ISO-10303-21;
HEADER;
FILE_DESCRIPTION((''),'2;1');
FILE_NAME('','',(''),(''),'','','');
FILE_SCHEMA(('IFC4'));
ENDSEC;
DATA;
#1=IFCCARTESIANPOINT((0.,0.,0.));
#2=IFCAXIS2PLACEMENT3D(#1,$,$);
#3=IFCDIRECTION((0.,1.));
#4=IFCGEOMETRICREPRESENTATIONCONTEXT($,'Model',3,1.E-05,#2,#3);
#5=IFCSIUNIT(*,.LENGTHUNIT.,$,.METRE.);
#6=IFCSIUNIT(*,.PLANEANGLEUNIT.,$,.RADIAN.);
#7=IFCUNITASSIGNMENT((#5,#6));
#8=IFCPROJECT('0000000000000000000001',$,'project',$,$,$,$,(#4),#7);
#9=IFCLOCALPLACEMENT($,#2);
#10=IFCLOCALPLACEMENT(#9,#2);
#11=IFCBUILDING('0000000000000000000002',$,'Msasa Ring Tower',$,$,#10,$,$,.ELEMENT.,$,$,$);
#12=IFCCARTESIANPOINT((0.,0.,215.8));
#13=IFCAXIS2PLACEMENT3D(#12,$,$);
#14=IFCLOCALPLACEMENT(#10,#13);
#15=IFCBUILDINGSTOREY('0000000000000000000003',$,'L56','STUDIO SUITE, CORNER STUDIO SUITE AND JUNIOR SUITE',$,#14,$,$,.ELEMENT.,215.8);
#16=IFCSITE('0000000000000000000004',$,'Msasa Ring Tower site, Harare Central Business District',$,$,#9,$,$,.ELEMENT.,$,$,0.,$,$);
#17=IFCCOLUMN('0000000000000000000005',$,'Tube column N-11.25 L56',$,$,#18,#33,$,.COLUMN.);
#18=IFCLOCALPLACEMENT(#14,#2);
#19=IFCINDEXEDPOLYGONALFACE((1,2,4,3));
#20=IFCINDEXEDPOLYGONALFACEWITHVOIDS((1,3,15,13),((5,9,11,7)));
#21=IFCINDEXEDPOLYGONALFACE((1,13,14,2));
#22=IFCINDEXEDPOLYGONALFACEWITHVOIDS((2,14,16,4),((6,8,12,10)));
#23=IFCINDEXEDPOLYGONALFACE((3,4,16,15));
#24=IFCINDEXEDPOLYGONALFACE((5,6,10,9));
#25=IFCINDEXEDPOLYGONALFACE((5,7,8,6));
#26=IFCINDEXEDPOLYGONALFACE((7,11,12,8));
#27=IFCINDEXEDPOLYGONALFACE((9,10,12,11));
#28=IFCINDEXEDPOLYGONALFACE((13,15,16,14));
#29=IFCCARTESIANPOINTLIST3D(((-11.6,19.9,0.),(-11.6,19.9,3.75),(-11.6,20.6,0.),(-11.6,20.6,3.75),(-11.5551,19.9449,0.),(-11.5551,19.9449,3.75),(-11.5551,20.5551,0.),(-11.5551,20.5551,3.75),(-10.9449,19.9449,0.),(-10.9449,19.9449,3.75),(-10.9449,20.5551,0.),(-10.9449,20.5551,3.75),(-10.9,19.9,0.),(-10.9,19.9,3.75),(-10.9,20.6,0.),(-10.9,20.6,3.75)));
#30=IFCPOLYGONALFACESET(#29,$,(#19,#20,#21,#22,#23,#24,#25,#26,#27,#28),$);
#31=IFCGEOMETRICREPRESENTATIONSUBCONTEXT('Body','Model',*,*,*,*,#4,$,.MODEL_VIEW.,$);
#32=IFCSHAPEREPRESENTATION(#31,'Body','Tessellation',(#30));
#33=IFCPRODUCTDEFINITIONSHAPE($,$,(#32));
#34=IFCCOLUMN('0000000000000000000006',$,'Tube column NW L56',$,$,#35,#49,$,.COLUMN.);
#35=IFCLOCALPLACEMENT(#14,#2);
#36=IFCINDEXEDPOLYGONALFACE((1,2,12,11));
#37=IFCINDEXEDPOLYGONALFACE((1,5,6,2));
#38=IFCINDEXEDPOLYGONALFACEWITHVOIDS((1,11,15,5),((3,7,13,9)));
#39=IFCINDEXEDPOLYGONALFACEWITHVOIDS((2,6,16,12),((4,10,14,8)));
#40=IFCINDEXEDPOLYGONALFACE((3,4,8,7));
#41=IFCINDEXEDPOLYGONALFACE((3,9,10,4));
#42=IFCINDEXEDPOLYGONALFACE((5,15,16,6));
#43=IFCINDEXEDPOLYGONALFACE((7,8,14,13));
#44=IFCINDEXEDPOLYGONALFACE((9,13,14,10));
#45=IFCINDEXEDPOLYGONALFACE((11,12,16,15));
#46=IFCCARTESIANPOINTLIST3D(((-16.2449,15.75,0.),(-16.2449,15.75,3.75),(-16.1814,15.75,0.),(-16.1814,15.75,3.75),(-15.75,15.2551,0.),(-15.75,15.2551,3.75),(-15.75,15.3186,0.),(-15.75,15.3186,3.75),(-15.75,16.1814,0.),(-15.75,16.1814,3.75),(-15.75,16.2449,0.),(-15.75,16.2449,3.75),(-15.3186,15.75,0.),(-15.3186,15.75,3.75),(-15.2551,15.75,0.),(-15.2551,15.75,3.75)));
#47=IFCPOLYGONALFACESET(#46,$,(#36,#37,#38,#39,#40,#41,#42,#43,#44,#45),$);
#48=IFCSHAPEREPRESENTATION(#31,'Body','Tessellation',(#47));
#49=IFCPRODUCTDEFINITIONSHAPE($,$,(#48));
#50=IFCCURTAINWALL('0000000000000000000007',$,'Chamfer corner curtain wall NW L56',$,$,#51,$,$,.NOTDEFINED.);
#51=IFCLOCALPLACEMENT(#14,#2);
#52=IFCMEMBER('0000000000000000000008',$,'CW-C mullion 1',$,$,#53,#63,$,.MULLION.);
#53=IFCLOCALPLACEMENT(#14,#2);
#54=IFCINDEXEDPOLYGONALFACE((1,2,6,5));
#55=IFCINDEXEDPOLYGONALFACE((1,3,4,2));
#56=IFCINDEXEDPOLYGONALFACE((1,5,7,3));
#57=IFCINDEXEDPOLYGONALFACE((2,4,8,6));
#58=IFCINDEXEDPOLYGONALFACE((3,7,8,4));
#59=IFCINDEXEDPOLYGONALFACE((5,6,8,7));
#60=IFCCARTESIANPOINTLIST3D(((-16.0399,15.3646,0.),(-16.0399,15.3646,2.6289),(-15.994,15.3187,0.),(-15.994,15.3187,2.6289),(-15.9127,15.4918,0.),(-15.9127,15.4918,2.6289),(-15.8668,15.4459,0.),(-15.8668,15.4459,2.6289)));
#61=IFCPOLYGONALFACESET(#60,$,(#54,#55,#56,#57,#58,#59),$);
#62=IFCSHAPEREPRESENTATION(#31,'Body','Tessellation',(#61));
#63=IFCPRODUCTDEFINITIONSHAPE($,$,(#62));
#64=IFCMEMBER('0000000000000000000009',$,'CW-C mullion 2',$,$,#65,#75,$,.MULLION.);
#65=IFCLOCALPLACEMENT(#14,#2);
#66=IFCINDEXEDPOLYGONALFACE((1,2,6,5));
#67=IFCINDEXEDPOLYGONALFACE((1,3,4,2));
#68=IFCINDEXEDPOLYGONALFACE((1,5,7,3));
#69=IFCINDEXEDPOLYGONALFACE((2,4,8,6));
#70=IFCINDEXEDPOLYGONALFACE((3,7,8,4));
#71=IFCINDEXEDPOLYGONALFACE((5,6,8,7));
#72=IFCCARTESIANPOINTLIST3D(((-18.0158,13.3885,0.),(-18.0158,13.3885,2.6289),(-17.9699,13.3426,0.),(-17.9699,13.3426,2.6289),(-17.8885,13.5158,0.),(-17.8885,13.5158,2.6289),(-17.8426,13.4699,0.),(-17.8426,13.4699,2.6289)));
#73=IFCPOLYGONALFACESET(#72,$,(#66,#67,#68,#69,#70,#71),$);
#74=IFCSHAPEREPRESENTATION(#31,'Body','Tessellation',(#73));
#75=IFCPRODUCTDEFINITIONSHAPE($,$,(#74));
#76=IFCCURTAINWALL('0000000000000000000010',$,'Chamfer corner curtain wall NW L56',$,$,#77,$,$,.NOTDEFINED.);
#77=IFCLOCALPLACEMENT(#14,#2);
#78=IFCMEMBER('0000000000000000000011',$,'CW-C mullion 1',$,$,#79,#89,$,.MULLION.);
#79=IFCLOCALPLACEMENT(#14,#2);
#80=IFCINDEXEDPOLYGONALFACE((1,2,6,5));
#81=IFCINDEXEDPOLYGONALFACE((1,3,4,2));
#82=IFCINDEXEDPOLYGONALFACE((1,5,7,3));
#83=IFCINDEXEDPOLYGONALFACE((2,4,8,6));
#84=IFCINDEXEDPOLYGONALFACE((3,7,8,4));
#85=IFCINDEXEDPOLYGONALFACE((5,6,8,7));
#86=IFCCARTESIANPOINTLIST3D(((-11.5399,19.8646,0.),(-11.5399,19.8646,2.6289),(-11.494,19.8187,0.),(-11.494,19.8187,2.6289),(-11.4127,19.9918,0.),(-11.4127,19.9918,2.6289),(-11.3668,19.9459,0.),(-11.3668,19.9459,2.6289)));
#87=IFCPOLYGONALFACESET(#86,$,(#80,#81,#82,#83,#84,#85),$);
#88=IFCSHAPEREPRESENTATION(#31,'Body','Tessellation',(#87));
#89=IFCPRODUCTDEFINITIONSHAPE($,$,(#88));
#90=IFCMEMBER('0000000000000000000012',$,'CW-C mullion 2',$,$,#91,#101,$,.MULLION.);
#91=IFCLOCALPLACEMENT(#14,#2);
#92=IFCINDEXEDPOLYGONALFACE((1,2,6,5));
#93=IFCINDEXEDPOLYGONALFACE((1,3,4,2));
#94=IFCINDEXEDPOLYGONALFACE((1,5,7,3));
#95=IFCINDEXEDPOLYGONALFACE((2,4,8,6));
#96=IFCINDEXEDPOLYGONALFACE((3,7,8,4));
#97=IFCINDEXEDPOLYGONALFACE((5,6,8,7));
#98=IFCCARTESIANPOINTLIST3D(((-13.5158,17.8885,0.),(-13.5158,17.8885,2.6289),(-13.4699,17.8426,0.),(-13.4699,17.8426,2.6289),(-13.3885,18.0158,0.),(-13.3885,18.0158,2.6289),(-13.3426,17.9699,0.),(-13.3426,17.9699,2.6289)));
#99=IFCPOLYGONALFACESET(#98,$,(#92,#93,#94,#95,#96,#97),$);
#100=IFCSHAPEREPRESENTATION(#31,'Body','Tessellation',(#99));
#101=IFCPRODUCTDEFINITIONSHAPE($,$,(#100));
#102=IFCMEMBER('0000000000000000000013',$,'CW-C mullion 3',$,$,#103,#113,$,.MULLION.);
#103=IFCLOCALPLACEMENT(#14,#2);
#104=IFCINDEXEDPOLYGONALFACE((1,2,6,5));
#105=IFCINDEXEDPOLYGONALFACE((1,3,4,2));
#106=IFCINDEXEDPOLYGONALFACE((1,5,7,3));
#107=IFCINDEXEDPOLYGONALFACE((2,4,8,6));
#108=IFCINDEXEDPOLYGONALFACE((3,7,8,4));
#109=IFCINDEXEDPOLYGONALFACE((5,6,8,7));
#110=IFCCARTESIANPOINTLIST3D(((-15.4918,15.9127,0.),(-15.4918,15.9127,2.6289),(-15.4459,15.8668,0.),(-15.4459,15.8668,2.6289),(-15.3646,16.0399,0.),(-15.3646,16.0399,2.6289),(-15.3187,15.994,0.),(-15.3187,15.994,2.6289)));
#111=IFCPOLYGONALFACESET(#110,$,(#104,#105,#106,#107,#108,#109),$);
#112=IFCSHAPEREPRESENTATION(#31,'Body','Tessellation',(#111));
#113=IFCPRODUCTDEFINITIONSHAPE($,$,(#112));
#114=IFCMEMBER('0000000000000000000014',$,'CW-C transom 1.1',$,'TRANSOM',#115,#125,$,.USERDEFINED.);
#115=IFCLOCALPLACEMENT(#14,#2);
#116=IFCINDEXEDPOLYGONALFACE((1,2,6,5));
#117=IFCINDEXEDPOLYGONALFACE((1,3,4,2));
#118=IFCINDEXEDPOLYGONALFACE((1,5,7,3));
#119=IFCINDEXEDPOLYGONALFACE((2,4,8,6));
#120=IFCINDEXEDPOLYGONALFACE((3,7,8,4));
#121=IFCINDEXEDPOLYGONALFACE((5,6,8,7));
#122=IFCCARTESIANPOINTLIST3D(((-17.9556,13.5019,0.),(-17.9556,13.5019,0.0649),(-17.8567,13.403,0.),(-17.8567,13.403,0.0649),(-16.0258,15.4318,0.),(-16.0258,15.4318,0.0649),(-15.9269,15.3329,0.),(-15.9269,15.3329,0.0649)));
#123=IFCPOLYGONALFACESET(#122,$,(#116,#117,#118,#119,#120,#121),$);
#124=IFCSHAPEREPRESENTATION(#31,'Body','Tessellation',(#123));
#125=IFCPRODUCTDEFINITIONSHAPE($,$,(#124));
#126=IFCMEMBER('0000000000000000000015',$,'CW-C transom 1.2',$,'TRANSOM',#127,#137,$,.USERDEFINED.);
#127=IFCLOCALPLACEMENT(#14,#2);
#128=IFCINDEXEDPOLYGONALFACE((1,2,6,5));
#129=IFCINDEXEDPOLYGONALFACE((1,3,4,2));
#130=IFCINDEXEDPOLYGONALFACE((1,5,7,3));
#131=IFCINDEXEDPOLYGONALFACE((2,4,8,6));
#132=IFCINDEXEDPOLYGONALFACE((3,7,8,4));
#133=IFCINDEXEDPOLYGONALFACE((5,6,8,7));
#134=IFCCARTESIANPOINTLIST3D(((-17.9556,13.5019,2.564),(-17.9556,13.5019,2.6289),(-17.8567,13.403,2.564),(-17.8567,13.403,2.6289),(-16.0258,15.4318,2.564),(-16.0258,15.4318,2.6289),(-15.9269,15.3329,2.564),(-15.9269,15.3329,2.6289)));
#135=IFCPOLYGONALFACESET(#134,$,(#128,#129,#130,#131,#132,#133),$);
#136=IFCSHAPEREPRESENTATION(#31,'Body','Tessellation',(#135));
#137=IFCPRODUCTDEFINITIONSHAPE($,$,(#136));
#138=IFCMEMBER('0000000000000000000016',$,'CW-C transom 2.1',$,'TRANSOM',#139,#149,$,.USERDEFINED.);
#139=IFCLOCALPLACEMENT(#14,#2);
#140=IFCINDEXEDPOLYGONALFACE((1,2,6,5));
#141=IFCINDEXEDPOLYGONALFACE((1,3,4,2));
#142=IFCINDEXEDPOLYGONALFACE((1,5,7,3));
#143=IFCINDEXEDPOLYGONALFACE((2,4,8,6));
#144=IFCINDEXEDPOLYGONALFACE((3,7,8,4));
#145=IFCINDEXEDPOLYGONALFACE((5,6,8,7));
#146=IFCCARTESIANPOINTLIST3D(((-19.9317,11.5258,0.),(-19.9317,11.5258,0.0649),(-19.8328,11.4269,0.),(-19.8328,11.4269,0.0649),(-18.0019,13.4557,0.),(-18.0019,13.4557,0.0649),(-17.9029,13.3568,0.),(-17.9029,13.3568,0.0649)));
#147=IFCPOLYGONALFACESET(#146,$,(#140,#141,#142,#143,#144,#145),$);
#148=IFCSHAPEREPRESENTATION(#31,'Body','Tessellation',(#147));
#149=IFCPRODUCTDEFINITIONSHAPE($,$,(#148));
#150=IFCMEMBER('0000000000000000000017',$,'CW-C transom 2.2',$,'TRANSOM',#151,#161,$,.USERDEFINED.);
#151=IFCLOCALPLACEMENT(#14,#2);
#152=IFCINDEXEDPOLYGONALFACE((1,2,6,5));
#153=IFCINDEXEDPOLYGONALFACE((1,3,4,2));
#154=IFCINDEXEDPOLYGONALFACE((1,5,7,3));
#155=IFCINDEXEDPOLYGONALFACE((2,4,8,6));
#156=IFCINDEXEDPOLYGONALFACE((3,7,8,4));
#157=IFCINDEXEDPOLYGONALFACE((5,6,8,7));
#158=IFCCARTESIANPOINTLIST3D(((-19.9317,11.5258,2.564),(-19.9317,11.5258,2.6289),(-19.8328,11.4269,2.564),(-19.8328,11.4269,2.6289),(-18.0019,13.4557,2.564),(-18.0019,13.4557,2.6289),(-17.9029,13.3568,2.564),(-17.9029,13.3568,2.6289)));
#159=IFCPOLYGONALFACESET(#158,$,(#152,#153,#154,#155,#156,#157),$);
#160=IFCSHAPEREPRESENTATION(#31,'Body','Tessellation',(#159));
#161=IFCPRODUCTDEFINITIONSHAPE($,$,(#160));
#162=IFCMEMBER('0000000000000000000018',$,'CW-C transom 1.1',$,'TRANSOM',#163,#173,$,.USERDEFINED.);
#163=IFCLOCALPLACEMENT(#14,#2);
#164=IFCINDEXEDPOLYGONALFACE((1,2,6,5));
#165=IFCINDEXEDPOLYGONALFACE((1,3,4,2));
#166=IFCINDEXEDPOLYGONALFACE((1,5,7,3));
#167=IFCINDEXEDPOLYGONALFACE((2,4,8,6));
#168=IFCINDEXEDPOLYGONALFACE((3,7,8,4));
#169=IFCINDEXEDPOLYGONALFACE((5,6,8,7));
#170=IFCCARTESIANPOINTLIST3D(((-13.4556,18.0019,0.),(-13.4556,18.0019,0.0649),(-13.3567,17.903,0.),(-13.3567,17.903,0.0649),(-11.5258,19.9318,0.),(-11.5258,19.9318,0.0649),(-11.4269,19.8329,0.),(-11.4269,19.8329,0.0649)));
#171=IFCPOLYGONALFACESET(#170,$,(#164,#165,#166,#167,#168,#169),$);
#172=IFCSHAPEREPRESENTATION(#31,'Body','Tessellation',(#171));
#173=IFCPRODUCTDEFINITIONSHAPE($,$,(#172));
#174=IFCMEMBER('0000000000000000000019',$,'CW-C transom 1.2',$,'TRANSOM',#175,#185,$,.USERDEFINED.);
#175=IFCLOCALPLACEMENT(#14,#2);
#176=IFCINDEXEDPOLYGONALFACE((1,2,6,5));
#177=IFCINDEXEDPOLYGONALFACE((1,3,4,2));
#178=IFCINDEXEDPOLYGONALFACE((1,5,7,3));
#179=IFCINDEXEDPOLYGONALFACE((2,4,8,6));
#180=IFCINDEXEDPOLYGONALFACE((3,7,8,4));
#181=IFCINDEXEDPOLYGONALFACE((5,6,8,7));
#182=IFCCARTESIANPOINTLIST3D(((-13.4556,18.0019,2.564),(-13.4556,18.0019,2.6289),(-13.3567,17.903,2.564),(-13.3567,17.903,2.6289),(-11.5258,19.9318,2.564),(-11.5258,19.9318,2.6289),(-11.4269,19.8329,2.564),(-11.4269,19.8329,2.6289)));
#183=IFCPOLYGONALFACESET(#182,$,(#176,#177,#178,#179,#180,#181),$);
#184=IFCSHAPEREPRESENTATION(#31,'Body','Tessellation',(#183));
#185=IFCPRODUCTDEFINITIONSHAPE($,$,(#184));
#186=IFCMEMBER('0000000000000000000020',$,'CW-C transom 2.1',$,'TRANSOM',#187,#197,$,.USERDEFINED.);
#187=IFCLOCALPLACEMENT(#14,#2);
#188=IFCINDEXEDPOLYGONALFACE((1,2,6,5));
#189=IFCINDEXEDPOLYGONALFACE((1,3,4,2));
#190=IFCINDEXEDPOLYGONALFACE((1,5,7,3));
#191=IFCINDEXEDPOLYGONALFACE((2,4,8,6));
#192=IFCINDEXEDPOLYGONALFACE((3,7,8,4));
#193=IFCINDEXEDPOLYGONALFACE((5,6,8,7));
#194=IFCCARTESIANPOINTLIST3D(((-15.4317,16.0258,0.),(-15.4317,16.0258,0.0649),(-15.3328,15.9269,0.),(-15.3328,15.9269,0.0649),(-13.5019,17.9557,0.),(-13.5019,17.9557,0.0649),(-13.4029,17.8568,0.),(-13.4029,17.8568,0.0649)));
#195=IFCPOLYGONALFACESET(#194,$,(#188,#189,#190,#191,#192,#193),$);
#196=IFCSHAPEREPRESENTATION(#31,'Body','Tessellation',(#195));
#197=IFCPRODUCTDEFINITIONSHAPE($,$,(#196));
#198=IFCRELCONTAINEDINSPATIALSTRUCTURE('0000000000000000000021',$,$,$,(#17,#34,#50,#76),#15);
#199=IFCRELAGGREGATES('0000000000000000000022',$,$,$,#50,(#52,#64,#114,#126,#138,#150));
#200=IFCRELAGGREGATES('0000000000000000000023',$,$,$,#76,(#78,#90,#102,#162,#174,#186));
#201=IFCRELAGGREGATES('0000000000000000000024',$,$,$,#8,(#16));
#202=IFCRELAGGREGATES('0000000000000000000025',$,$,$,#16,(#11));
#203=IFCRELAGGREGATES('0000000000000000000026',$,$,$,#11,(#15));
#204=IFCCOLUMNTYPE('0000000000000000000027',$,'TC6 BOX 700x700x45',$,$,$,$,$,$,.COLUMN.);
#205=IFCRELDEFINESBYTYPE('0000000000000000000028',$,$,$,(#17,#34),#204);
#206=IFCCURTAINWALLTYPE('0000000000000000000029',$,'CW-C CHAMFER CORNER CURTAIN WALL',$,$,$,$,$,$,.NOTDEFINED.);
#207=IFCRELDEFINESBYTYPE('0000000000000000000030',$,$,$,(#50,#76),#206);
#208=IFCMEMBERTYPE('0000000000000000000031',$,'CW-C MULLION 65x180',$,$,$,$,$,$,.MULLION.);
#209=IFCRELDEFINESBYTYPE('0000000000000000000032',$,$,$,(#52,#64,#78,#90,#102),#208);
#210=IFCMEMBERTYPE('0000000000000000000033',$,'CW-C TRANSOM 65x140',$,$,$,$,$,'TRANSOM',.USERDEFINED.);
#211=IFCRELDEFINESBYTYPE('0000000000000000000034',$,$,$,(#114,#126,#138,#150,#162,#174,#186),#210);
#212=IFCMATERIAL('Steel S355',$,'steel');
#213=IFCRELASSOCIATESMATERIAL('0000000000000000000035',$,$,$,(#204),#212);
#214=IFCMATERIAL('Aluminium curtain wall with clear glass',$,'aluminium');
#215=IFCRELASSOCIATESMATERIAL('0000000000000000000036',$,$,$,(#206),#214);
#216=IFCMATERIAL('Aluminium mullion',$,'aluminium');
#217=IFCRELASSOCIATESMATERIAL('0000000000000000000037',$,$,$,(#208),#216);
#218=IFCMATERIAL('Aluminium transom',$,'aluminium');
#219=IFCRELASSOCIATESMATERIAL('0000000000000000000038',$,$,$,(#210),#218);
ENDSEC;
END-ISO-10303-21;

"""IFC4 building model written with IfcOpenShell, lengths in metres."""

from ifc_helpers import new_model, si_unit, direction, frame, origin, origin_2d, place, context, subcontext, project, spatial, rectangle, hollow_rectangle, extrude, material, material_profile, profile_set, type_object, element, aggregate, save


model = new_model("IFC4")

# Units and contexts
model_context = context("Model", 3, precision=1e-05, world=origin(), true_north=direction((0.0, 1.0)))
body_context = subcontext(model_context, "Body", "Model", "MODEL_VIEW")
ifc_project = project(units=[si_unit("LENGTHUNIT", "METRE"), si_unit("PLANEANGLEUNIT", "RADIAN")], contexts=[model_context])

# Site, building, storey
site_placement = place(None, origin())
site = spatial("IfcSite", under=ifc_project, at=site_placement, Name="Msasa Ring Tower site, Harare Central Business District", CompositionType="ELEMENT", RefElevation=0.0)
building_placement = place(site_placement, origin())
building = spatial("IfcBuilding", under=site, at=building_placement, Name="Msasa Ring Tower", CompositionType="ELEMENT")
storey_placement = place(building_placement, frame((0.0, 0.0, 215.8)))
storey = spatial("IfcBuildingStorey", under=building, at=storey_placement, Name="L56", Description="STUDIO SUITE, CORNER STUDIO SUITE AND JUNIOR SUITE", CompositionType="ELEMENT", Elevation=215.8)

# Columns
ifc_material_1 = material(Name="Steel S355", Category="steel")
ifc_material_profile_1 = material_profile(ifc_material_1, hollow_rectangle(XDim=0.7, YDim=0.7, WallThickness=0.0449, at=origin_2d()), Name="BOX 700x700x45")
ifc_profile_set_1 = profile_set([ifc_material_profile_1], Name="Steel S355")
column_type = type_object("IfcColumnType", Name="TC6 BOX 700x700x45", PredefinedType="COLUMN", material=ifc_profile_set_1)
for number, where, z_axis, x_axis, name in (
    (1, (-11.25, 20.25, 0.0), (0.0, 0.0, 1.0), (0.0, 1.0, 0.0), "Tube column N-11.25 L56"),
    (2, (-15.75, 15.75, 0.0), (0.0, 0.0, 1.0), (0.707107, -0.707107, 0.0), "Tube column NW L56"),
):
    element("IfcColumn", number, at=place(storey_placement, frame(where, z_axis=z_axis, x_axis=x_axis)), inside=storey, type_object=column_type, Name=name, PredefinedType="COLUMN", context=body_context, shape_type="SweptSolid", body=[
        extrude(hollow_rectangle(XDim=0.7, YDim=0.7, WallThickness=0.0449, at=origin_2d()), origin(), (0.0, 0.0, 1.0), 3.75),
    ])

# Curtain walls, members
ifc_material_2 = material(Name="Aluminium curtain wall with clear glass", Category="aluminium")
curtain_wall_type = type_object("IfcCurtainWallType", Name="CW-C CHAMFER CORNER CURTAIN WALL", PredefinedType="NOTDEFINED", material=ifc_material_2)
curtain_wall_1_placement = place(storey_placement, origin())
curtain_wall_1 = element("IfcCurtainWall", 3, at=curtain_wall_1_placement, inside=storey, type_object=curtain_wall_type, Name="Chamfer corner curtain wall NW L56", PredefinedType="NOTDEFINED")
ifc_material_3 = material(Name="Aluminium mullion", Category="aluminium")
ifc_material_profile_2 = material_profile(ifc_material_3, rectangle(XDim=0.0649, YDim=0.1799, at=origin_2d()), Name="AL 65x180")
ifc_profile_set_2 = profile_set([ifc_material_profile_2], Name="Aluminium mullion")
member_type_1 = type_object("IfcMemberType", Name="CW-C MULLION 65x180", PredefinedType="MULLION", material=ifc_profile_set_2)
member_1_placement = place(storey_placement, frame((-15.9534, 15.4053, 0.0), z_axis=(0.0, 0.0, 1.0), x_axis=(0.707107, -0.707107, 0.0)))
member_1 = element("IfcMember", 4, at=member_1_placement, type_object=member_type_1, Name="CW-C mullion 1", PredefinedType="MULLION", context=body_context, shape_type="SweptSolid", body=[
    extrude(rectangle(XDim=0.0649, YDim=0.1799, at=origin_2d()), origin(), (0.0, 0.0, 1.0), 2.6289),
])
member_2_placement = place(storey_placement, frame((-17.9292, 13.4292, 0.0), z_axis=(0.0, 0.0, 1.0), x_axis=(0.707107, -0.707107, 0.0)))
member_2 = element("IfcMember", 5, at=member_2_placement, type_object=member_type_1, Name="CW-C mullion 2", PredefinedType="MULLION", context=body_context, shape_type="SweptSolid", body=[
    extrude(rectangle(XDim=0.0649, YDim=0.1799, at=origin_2d()), origin(), (0.0, 0.0, 1.0), 2.6289),
])
curtain_wall_2_placement = place(storey_placement, origin())
curtain_wall_2 = element("IfcCurtainWall", 6, at=curtain_wall_2_placement, inside=storey, type_object=curtain_wall_type, Name="Chamfer corner curtain wall NW L56", PredefinedType="NOTDEFINED")
member_3_placement = place(storey_placement, frame((-11.4534, 19.9053, 0.0), z_axis=(0.0, 0.0, 1.0), x_axis=(0.707107, -0.707107, 0.0)))
member_3 = element("IfcMember", 7, at=member_3_placement, type_object=member_type_1, Name="CW-C mullion 1", PredefinedType="MULLION", context=body_context, shape_type="SweptSolid", body=[
    extrude(rectangle(XDim=0.0649, YDim=0.1799, at=origin_2d()), origin(), (0.0, 0.0, 1.0), 2.6289),
])
member_4_placement = place(storey_placement, frame((-13.4292, 17.9292, 0.0), z_axis=(0.0, 0.0, 1.0), x_axis=(0.707107, -0.707107, 0.0)))
member_4 = element("IfcMember", 8, at=member_4_placement, type_object=member_type_1, Name="CW-C mullion 2", PredefinedType="MULLION", context=body_context, shape_type="SweptSolid", body=[
    extrude(rectangle(XDim=0.0649, YDim=0.1799, at=origin_2d()), origin(), (0.0, 0.0, 1.0), 2.6289),
])
member_5_placement = place(storey_placement, frame((-15.4053, 15.9534, 0.0), z_axis=(0.0, 0.0, 1.0), x_axis=(0.707107, -0.707107, 0.0)))
member_5 = element("IfcMember", 9, at=member_5_placement, type_object=member_type_1, Name="CW-C mullion 3", PredefinedType="MULLION", context=body_context, shape_type="SweptSolid", body=[
    extrude(rectangle(XDim=0.0649, YDim=0.1799, at=origin_2d()), origin(), (0.0, 0.0, 1.0), 2.6289),
])

# Members
ifc_material_4 = material(Name="Aluminium transom", Category="aluminium")
ifc_material_profile_3 = material_profile(ifc_material_4, rectangle(XDim=0.1399, YDim=0.0649, at=origin_2d()), Name="AL 65x140")
ifc_profile_set_3 = profile_set([ifc_material_profile_3], Name="Aluminium transom")
member_type_2 = type_object("IfcMemberType", Name="CW-C TRANSOM 65x140", ElementType="TRANSOM", PredefinedType="USERDEFINED", material=ifc_profile_set_3)
member_6_placement = place(storey_placement, frame((-15.9763, 15.3823, 0.0325), z_axis=(-0.707107, -0.707107, 0.0), x_axis=(0.707107, -0.707107, 0.0)))
member_6 = element("IfcMember", 10, at=member_6_placement, type_object=member_type_2, Name="CW-C transom 1.1", ObjectType="TRANSOM", PredefinedType="USERDEFINED", context=body_context, shape_type="SweptSolid", body=[
    extrude(rectangle(XDim=0.1399, YDim=0.0649, at=origin_2d()), origin(), (0.0, 0.0, 1.0), 2.7292),
])
member_7_placement = place(storey_placement, frame((-15.9763, 15.3823, 2.5964), z_axis=(-0.707107, -0.707107, 0.0), x_axis=(0.707107, -0.707107, 0.0)))
member_7 = element("IfcMember", 11, at=member_7_placement, type_object=member_type_2, Name="CW-C transom 1.2", ObjectType="TRANSOM", PredefinedType="USERDEFINED", context=body_context, shape_type="SweptSolid", body=[
    extrude(rectangle(XDim=0.1399, YDim=0.0649, at=origin_2d()), origin(), (0.0, 0.0, 1.0), 2.7292),
])
member_8_placement = place(storey_placement, frame((-17.9524, 13.4062, 0.0325), z_axis=(-0.707107, -0.707107, 0.0), x_axis=(0.707107, -0.707107, 0.0)))
member_8 = element("IfcMember", 12, at=member_8_placement, type_object=member_type_2, Name="CW-C transom 2.1", ObjectType="TRANSOM", PredefinedType="USERDEFINED", context=body_context, shape_type="SweptSolid", body=[
    extrude(rectangle(XDim=0.1399, YDim=0.0649, at=origin_2d()), origin(), (0.0, 0.0, 1.0), 2.7292),
])
member_9_placement = place(storey_placement, frame((-17.9524, 13.4062, 2.5964), z_axis=(-0.707107, -0.707107, 0.0), x_axis=(0.707107, -0.707107, 0.0)))
member_9 = element("IfcMember", 13, at=member_9_placement, type_object=member_type_2, Name="CW-C transom 2.2", ObjectType="TRANSOM", PredefinedType="USERDEFINED", context=body_context, shape_type="SweptSolid", body=[
    extrude(rectangle(XDim=0.1399, YDim=0.0649, at=origin_2d()), origin(), (0.0, 0.0, 1.0), 2.7292),
])
member_10_placement = place(storey_placement, frame((-11.4763, 19.8823, 0.0325), z_axis=(-0.707107, -0.707107, 0.0), x_axis=(0.707107, -0.707107, 0.0)))
member_10 = element("IfcMember", 14, at=member_10_placement, type_object=member_type_2, Name="CW-C transom 1.1", ObjectType="TRANSOM", PredefinedType="USERDEFINED", context=body_context, shape_type="SweptSolid", body=[
    extrude(rectangle(XDim=0.1399, YDim=0.0649, at=origin_2d()), origin(), (0.0, 0.0, 1.0), 2.7292),
])
member_11_placement = place(storey_placement, frame((-11.4763, 19.8823, 2.5964), z_axis=(-0.707107, -0.707107, 0.0), x_axis=(0.707107, -0.707107, 0.0)))
member_11 = element("IfcMember", 15, at=member_11_placement, type_object=member_type_2, Name="CW-C transom 1.2", ObjectType="TRANSOM", PredefinedType="USERDEFINED", context=body_context, shape_type="SweptSolid", body=[
    extrude(rectangle(XDim=0.1399, YDim=0.0649, at=origin_2d()), origin(), (0.0, 0.0, 1.0), 2.7292),
])
member_12_placement = place(storey_placement, frame((-13.4524, 17.9062, 0.0325), z_axis=(-0.707107, -0.707107, 0.0), x_axis=(0.707107, -0.707107, 0.0)))
member_12 = element("IfcMember", 16, at=member_12_placement, type_object=member_type_2, Name="CW-C transom 2.1", ObjectType="TRANSOM", PredefinedType="USERDEFINED", context=body_context, shape_type="SweptSolid", body=[
    extrude(rectangle(XDim=0.1399, YDim=0.0649, at=origin_2d()), origin(), (0.0, 0.0, 1.0), 2.7292),
])

aggregate(curtain_wall_1, [member_1, member_2, member_6, member_7, member_8, member_9])
aggregate(curtain_wall_2, [member_3, member_4, member_5, member_10, member_11, member_12])

save(model, "model.ifc")
